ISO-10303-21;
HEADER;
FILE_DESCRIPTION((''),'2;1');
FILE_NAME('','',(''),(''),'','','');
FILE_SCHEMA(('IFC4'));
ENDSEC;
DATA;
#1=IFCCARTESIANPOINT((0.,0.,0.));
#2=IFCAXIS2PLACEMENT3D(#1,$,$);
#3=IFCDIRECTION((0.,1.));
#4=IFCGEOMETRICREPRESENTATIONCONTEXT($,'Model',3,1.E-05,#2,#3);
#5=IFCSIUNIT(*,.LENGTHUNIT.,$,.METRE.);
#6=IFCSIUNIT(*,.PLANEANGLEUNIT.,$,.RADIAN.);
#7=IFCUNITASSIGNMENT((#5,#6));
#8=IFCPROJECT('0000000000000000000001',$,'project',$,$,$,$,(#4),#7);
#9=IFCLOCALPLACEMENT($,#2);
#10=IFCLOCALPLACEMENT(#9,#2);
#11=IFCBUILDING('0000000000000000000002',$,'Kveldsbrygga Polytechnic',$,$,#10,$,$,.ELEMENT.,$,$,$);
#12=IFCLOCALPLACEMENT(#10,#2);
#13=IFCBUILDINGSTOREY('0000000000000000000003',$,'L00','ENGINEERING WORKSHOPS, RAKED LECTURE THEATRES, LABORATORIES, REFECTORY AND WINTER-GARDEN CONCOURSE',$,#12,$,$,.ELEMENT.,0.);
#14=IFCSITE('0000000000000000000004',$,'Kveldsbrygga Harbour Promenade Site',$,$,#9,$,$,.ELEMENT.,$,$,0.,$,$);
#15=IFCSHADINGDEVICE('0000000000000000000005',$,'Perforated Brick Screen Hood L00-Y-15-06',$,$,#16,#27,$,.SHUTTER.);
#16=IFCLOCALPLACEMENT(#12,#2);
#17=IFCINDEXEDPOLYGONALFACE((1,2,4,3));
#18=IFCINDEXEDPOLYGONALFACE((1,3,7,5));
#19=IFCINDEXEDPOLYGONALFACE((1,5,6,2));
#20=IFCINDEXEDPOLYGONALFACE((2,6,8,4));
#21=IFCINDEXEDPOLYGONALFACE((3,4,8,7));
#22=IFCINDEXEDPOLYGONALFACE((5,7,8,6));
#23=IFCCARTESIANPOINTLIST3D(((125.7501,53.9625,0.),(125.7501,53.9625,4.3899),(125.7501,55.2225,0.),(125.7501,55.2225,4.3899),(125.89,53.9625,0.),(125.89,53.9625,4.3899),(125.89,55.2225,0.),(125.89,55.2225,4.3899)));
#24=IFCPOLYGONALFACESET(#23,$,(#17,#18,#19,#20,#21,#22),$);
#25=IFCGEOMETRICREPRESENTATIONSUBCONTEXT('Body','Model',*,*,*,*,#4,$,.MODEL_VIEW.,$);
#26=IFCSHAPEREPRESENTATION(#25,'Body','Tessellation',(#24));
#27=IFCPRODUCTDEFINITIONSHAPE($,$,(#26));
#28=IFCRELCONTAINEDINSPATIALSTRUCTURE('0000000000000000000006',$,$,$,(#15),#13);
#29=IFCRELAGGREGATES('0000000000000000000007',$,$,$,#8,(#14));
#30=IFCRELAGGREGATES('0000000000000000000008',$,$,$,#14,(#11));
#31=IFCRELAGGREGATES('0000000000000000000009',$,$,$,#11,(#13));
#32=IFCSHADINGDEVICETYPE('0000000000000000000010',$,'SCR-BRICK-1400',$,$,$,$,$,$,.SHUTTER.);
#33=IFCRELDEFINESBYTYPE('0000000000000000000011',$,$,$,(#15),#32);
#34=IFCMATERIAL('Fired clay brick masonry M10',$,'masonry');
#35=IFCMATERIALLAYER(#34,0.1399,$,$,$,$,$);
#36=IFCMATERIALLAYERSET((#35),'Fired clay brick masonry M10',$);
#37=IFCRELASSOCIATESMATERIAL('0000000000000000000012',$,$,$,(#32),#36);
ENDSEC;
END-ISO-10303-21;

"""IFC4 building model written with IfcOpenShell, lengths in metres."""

from ifc_helpers import new_model, si_unit, direction, frame, origin, origin_2d, place, context, subcontext, project, spatial, rectangle, extrude, material, layer, layer_set, type_object, element, save


model = new_model("IFC4")

# Units and contexts
model_context = context("Model", 3, precision=1e-05, world=origin(), true_north=direction((0.0, 1.0)))
body_context = subcontext(model_context, "Body", "Model", "MODEL_VIEW")
ifc_project = project(units=[si_unit("LENGTHUNIT", "METRE"), si_unit("PLANEANGLEUNIT", "RADIAN")], contexts=[model_context])

# Site, building, storey
site_placement = place(None, origin())
site = spatial("IfcSite", under=ifc_project, at=site_placement, Name="Kveldsbrygga Harbour Promenade Site", CompositionType="ELEMENT", RefElevation=0.0)
building_placement = place(site_placement, origin())
building = spatial("IfcBuilding", under=site, at=building_placement, Name="Kveldsbrygga Polytechnic", CompositionType="ELEMENT")
storey_placement = place(building_placement, origin())
storey = spatial("IfcBuildingStorey", under=building, at=storey_placement, Name="L00", Description="ENGINEERING WORKSHOPS, RAKED LECTURE THEATRES, LABORATORIES, REFECTORY AND WINTER-GARDEN CONCOURSE", CompositionType="ELEMENT", Elevation=0.0)

# Shared definitions
ifc_material_1 = material(Name="Fired clay brick masonry M10", Category="masonry")

# Shading device
ifc_layer_1 = layer(ifc_material_1, 0.1399)
ifc_layer_set_1 = layer_set([ifc_layer_1], Name="Fired clay brick masonry M10")
shading_device_type = type_object("IfcShadingDeviceType", Name="SCR-BRICK-1400", PredefinedType="SHUTTER", material=ifc_layer_set_1)
shading_device_placement = place(storey_placement, frame((125.8201, 54.5925, 0.0), z_axis=(0.0, 0.0, 1.0), x_axis=(0.0, 1.0, 0.0)))
element("IfcShadingDevice", 1, at=shading_device_placement, inside=storey, type_object=shading_device_type, Name="Perforated Brick Screen Hood L00-Y-15-06", PredefinedType="SHUTTER", context=body_context, shape_type="SweptSolid", body=[
    extrude(rectangle(XDim=1.26, YDim=0.1399, at=origin_2d()), origin(), (0.0, 0.0, 1.0), 4.3899),
])

save(model, "model.ifc")
